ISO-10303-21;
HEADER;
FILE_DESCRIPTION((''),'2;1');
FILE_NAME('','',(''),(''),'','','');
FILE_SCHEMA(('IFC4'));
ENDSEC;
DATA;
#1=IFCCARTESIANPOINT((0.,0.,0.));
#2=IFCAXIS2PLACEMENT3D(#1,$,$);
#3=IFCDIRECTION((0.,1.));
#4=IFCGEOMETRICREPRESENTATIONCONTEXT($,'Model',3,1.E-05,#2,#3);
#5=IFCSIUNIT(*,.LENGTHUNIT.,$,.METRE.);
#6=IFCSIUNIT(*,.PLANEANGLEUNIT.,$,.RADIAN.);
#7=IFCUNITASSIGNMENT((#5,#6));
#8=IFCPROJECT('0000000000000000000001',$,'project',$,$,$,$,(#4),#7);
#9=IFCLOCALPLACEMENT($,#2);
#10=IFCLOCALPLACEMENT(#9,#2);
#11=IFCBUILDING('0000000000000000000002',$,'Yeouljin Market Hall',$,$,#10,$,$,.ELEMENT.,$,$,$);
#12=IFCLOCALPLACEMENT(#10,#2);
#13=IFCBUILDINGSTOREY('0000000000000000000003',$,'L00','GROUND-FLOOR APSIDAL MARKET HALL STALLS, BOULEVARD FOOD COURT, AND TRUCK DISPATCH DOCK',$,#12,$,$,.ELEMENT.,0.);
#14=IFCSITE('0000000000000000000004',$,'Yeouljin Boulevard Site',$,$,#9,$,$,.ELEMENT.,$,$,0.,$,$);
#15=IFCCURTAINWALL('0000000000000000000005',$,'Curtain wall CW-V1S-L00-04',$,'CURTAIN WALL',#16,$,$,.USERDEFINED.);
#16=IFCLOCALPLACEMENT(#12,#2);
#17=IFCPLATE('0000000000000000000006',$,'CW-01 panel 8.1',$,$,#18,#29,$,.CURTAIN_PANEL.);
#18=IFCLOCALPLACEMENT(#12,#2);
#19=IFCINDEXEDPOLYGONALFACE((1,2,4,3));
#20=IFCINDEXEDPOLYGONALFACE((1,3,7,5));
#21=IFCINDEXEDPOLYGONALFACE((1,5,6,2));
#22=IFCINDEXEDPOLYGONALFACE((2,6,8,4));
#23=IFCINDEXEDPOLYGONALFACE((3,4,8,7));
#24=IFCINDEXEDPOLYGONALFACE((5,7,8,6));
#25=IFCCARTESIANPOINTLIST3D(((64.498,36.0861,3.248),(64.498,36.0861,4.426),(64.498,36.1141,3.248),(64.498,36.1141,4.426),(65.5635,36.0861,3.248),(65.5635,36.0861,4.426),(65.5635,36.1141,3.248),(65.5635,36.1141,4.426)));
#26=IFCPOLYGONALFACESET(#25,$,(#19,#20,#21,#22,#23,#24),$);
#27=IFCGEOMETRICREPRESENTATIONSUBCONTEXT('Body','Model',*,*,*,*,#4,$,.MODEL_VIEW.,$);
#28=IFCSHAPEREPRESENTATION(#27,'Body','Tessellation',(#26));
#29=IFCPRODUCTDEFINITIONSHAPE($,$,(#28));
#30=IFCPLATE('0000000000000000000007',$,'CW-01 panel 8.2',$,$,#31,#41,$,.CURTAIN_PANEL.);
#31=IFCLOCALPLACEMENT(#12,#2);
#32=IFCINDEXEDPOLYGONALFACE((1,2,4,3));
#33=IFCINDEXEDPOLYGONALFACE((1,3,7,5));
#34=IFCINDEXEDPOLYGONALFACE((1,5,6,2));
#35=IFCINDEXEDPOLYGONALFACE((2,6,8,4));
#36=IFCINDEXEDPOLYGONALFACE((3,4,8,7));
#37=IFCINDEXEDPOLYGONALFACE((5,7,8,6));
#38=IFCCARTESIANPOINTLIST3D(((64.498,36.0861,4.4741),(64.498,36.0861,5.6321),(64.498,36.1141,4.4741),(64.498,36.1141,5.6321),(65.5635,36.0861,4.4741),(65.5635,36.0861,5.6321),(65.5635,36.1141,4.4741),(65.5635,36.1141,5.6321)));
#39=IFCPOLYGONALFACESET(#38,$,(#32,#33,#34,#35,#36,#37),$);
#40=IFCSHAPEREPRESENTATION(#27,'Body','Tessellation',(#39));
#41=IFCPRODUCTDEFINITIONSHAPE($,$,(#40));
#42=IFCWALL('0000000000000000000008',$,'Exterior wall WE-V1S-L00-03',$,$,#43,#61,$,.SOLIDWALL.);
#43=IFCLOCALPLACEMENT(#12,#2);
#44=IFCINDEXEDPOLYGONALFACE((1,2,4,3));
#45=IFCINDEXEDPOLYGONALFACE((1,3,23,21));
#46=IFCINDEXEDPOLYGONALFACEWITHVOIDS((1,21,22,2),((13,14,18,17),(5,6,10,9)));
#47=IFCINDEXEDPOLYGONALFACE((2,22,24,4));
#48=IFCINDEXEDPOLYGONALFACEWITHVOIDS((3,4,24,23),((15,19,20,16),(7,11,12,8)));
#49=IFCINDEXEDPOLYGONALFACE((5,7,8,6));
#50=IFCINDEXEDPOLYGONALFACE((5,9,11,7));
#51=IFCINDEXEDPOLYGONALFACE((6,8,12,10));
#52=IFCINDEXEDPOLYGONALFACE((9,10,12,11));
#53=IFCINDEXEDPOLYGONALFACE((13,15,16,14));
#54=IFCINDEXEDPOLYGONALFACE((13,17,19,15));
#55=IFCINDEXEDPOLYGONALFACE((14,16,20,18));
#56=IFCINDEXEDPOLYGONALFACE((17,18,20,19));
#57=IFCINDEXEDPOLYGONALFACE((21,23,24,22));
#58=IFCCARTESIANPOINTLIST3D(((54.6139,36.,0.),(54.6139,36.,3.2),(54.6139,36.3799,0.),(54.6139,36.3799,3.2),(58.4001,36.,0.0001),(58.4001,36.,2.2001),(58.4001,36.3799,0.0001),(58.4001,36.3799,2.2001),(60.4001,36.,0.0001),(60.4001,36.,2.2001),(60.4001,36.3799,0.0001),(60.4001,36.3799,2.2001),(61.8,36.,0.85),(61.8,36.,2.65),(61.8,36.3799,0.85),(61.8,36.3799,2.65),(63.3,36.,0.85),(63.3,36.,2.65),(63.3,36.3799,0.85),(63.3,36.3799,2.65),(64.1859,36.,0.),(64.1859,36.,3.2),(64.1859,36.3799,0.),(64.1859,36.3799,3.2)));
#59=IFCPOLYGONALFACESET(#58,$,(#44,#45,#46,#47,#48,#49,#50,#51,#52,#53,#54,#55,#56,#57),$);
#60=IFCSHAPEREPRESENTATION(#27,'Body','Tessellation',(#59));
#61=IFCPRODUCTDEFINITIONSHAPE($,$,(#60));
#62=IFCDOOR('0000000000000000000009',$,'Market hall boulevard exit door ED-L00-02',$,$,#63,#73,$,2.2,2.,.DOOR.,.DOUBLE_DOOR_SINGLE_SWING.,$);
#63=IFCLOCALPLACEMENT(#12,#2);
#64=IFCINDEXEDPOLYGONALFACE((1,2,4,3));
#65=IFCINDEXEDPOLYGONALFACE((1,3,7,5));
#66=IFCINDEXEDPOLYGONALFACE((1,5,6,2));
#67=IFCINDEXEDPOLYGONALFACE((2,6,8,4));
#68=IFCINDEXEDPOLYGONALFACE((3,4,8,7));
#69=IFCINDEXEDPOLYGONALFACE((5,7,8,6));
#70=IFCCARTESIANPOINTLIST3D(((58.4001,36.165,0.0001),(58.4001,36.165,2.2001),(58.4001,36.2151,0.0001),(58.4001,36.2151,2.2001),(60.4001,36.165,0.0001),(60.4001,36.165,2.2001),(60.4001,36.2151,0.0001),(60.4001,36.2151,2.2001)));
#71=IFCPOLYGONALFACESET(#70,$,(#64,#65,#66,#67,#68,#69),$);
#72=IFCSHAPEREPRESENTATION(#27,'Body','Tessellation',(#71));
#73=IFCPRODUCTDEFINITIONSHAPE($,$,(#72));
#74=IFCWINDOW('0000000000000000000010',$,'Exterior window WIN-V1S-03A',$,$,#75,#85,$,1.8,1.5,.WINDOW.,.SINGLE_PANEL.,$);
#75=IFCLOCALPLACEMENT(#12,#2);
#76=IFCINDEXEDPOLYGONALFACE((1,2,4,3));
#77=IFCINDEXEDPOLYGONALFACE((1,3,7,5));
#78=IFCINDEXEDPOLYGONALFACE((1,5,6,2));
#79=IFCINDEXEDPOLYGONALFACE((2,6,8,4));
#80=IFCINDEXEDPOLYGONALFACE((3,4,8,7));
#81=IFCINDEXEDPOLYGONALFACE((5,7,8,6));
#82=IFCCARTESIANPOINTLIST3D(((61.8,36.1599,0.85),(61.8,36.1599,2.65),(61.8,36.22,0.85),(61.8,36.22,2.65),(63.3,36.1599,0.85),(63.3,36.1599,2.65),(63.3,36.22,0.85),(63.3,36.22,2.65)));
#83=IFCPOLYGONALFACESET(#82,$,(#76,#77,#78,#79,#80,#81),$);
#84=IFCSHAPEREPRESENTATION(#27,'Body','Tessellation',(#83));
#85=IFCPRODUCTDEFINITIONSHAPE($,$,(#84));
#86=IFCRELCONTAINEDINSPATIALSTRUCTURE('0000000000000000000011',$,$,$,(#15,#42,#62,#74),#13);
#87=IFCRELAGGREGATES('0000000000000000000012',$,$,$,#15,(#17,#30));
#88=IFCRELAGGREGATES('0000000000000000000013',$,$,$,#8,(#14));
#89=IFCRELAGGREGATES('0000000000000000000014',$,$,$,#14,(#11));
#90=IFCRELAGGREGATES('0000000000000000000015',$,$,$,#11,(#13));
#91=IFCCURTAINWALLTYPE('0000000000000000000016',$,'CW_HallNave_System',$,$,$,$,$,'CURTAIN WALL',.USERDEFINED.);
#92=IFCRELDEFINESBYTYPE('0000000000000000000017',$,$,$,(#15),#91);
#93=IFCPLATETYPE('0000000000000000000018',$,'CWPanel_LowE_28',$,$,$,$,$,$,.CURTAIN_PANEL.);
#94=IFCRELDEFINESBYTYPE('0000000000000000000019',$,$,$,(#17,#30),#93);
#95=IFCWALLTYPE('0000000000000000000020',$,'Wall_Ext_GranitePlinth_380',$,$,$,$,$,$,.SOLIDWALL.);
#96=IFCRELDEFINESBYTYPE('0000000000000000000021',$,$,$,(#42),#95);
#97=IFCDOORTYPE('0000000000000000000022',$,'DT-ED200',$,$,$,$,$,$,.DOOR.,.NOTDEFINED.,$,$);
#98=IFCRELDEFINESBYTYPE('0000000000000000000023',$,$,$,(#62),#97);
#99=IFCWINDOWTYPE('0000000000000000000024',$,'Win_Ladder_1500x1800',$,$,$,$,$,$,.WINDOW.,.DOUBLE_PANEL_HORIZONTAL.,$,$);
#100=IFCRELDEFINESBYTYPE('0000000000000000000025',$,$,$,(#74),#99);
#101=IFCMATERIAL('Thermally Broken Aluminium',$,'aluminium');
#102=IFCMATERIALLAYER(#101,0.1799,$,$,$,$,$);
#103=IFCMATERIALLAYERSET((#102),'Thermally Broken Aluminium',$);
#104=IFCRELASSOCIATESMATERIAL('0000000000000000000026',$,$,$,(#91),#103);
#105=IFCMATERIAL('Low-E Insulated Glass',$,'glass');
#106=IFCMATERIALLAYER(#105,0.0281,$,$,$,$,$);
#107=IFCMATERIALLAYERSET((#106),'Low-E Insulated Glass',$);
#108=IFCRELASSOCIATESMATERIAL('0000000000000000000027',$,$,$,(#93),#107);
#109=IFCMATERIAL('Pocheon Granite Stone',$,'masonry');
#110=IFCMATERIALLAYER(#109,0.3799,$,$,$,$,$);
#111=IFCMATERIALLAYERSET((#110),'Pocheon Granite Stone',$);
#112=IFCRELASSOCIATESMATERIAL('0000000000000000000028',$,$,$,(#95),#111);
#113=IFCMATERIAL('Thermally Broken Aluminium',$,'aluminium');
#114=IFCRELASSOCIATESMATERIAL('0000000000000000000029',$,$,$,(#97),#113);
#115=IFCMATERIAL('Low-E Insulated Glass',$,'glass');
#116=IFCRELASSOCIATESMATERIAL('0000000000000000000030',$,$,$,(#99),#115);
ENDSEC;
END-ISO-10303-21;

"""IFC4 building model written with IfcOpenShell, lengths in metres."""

from ifc_helpers import new_model, si_unit, direction, frame, frame_2d, origin, origin_2d, place, context, subcontext, project, spatial, rectangle, extrude, material, layer, layer_set, type_object, element, fill, aggregate, save


model = new_model("IFC4")

# Units and contexts
model_context = context("Model", 3, precision=1e-05, world=origin(), true_north=direction((0.0, 1.0)))
body_context = subcontext(model_context, "Body", "Model", "MODEL_VIEW")
ifc_project = project(units=[si_unit("LENGTHUNIT", "METRE"), si_unit("PLANEANGLEUNIT", "RADIAN")], contexts=[model_context])

# Site, building, storey
site_placement = place(None, origin())
site = spatial("IfcSite", under=ifc_project, at=site_placement, Name="Yeouljin Boulevard Site", CompositionType="ELEMENT", RefElevation=0.0)
building_placement = place(site_placement, origin())
building = spatial("IfcBuilding", under=site, at=building_placement, Name="Yeouljin Market Hall", CompositionType="ELEMENT")
storey_placement = place(building_placement, origin())
storey = spatial("IfcBuildingStorey", under=building, at=storey_placement, Name="L00", Description="GROUND-FLOOR APSIDAL MARKET HALL STALLS, BOULEVARD FOOD COURT, AND TRUCK DISPATCH DOCK", CompositionType="ELEMENT", Elevation=0.0)

# Curtain wall
ifc_material_1 = material(Name="Thermally Broken Aluminium", Category="aluminium")
ifc_layer_1 = layer(ifc_material_1, 0.1799)
ifc_layer_set_1 = layer_set([ifc_layer_1], Name="Thermally Broken Aluminium")
curtain_wall_type = type_object("IfcCurtainWallType", Name="CW_HallNave_System", ElementType="CURTAIN WALL", PredefinedType="USERDEFINED", material=ifc_layer_set_1)
curtain_wall_1_placement = place(storey_placement, origin())
curtain_wall_1 = element("IfcCurtainWall", 1, at=curtain_wall_1_placement, inside=storey, type_object=curtain_wall_type, Name="Curtain wall CW-V1S-L00-04", ObjectType="CURTAIN WALL", PredefinedType="USERDEFINED")

# Plates
ifc_material_2 = material(Name="Low-E Insulated Glass", Category="glass")
ifc_layer_2 = layer(ifc_material_2, 0.0281)
ifc_layer_set_2 = layer_set([ifc_layer_2], Name="Low-E Insulated Glass")
plate_type = type_object("IfcPlateType", Name="CWPanel_LowE_28", PredefinedType="CURTAIN_PANEL", material=ifc_layer_set_2)
plate_1_placement = place(storey_placement, frame((65.0308, 36.1001, 3.248), z_axis=(0.0, 0.0, 1.0), x_axis=(-1.0, 0.0, 0.0)))
plate_1 = element("IfcPlate", 2, at=plate_1_placement, type_object=plate_type, Name="CW-01 panel 8.1", PredefinedType="CURTAIN_PANEL", context=body_context, shape_type="SweptSolid", body=[
    extrude(rectangle(XDim=1.0654, YDim=0.0281, at=origin_2d()), origin(), (0.0, 0.0, 1.0), 1.178),
])
plate_2_placement = place(storey_placement, frame((65.0308, 36.1001, 4.4741), z_axis=(0.0, 0.0, 1.0), x_axis=(-1.0, 0.0, 0.0)))
plate_2 = element("IfcPlate", 3, at=plate_2_placement, type_object=plate_type, Name="CW-01 panel 8.2", PredefinedType="CURTAIN_PANEL", context=body_context, shape_type="SweptSolid", body=[
    extrude(rectangle(XDim=1.0654, YDim=0.0281, at=origin_2d()), origin(), (0.0, 0.0, 1.0), 1.158),
])
aggregate(curtain_wall_1, [plate_1, plate_2])

# Wall, openings, door, window
ifc_material_3 = material(Name="Pocheon Granite Stone", Category="masonry")
ifc_layer_3 = layer(ifc_material_3, 0.3799)
ifc_layer_set_3 = layer_set([ifc_layer_3], Name="Pocheon Granite Stone")
wall_type = type_object("IfcWallType", Name="Wall_Ext_GranitePlinth_380", PredefinedType="SOLIDWALL", material=ifc_layer_set_3)
wall_placement = place(storey_placement, frame((64.186, 36.1899, 0.0), z_axis=(0.0, 0.0, 1.0), x_axis=(-1.0, 0.0, 0.0)))
wall = element("IfcWall", 4, at=wall_placement, inside=storey, type_object=wall_type, Name="Exterior wall WE-V1S-L00-03", PredefinedType="SOLIDWALL", context=body_context, shape_type="SweptSolid", body=[
    extrude(rectangle(XDim=9.572, YDim=0.3799, at=frame_2d((4.7861, 0.0))), origin(), (0.0, 0.0, 1.0), 3.2),
])
opening_1_placement = place(wall_placement, frame((3.7859, 0.0, 0.0)))
opening_1 = element("IfcOpeningElement", 5, at=opening_1_placement, cuts=wall, PredefinedType="OPENING", context=body_context, shape_type="SweptSolid", body=[
    extrude(rectangle(XDim=2.0, YDim=2.2, at=frame_2d((1.0, 1.1001))), frame((0.0, 0.2, 0.0), z_axis=(0.0, -1.0, 0.0), x_axis=(1.0, 0.0, 0.0)), (0.0, 0.0, 1.0), 0.3999),
])
opening_2_placement = place(wall_placement, frame((0.886, 0.0, 0.8501)))
opening_2 = element("IfcOpeningElement", 6, at=opening_2_placement, cuts=wall, PredefinedType="OPENING", context=body_context, shape_type="SweptSolid", body=[
    extrude(rectangle(XDim=1.5, YDim=1.8, at=frame_2d((0.75, 0.8999))), frame((0.0, 0.2, 0.0), z_axis=(0.0, -1.0, 0.0), x_axis=(1.0, 0.0, 0.0)), (0.0, 0.0, 1.0), 0.3999),
])
ifc_material_4 = material(Name="Thermally Broken Aluminium", Category="aluminium")
door_type = type_object("IfcDoorType", Name="DT-ED200", OperationType="NOTDEFINED", PredefinedType="DOOR", material=ifc_material_4)
door_placement = place(opening_1_placement, origin())
door = element("IfcDoor", 7, at=door_placement, inside=storey, type_object=door_type, Name="Market hall boulevard exit door ED-L00-02", OperationType="DOUBLE_DOOR_SINGLE_SWING", OverallHeight=2.2, OverallWidth=2.0, PredefinedType="DOOR", context=body_context, shape_type="SweptSolid", body=[
    extrude(rectangle(XDim=2.0, YDim=2.2, at=frame_2d((1.0, 1.1001))), frame((0.0, 0.0249, 0.0), z_axis=(0.0, -1.0, 0.0), x_axis=(1.0, 0.0, 0.0)), (0.0, 0.0, 1.0), 0.05),
])
fill(opening_1, door)
ifc_material_5 = material(Name="Low-E Insulated Glass", Category="glass")
window_type = type_object("IfcWindowType", Name="Win_Ladder_1500x1800", PartitioningType="DOUBLE_PANEL_HORIZONTAL", PredefinedType="WINDOW", material=ifc_material_5)
window_placement = place(opening_2_placement, origin())
window = element("IfcWindow", 8, at=window_placement, inside=storey, type_object=window_type, Name="Exterior window WIN-V1S-03A", OverallHeight=1.8, OverallWidth=1.5, PartitioningType="SINGLE_PANEL", PredefinedType="WINDOW", context=body_context, shape_type="SweptSolid", body=[
    extrude(rectangle(XDim=1.5, YDim=1.8, at=frame_2d((0.75, 0.8999))), frame((0.0, 0.03, 0.0), z_axis=(0.0, -1.0, 0.0), x_axis=(1.0, 0.0, 0.0)), (0.0, 0.0, 1.0), 0.0601),
])
fill(opening_2, window)

save(model, "model.ifc")
